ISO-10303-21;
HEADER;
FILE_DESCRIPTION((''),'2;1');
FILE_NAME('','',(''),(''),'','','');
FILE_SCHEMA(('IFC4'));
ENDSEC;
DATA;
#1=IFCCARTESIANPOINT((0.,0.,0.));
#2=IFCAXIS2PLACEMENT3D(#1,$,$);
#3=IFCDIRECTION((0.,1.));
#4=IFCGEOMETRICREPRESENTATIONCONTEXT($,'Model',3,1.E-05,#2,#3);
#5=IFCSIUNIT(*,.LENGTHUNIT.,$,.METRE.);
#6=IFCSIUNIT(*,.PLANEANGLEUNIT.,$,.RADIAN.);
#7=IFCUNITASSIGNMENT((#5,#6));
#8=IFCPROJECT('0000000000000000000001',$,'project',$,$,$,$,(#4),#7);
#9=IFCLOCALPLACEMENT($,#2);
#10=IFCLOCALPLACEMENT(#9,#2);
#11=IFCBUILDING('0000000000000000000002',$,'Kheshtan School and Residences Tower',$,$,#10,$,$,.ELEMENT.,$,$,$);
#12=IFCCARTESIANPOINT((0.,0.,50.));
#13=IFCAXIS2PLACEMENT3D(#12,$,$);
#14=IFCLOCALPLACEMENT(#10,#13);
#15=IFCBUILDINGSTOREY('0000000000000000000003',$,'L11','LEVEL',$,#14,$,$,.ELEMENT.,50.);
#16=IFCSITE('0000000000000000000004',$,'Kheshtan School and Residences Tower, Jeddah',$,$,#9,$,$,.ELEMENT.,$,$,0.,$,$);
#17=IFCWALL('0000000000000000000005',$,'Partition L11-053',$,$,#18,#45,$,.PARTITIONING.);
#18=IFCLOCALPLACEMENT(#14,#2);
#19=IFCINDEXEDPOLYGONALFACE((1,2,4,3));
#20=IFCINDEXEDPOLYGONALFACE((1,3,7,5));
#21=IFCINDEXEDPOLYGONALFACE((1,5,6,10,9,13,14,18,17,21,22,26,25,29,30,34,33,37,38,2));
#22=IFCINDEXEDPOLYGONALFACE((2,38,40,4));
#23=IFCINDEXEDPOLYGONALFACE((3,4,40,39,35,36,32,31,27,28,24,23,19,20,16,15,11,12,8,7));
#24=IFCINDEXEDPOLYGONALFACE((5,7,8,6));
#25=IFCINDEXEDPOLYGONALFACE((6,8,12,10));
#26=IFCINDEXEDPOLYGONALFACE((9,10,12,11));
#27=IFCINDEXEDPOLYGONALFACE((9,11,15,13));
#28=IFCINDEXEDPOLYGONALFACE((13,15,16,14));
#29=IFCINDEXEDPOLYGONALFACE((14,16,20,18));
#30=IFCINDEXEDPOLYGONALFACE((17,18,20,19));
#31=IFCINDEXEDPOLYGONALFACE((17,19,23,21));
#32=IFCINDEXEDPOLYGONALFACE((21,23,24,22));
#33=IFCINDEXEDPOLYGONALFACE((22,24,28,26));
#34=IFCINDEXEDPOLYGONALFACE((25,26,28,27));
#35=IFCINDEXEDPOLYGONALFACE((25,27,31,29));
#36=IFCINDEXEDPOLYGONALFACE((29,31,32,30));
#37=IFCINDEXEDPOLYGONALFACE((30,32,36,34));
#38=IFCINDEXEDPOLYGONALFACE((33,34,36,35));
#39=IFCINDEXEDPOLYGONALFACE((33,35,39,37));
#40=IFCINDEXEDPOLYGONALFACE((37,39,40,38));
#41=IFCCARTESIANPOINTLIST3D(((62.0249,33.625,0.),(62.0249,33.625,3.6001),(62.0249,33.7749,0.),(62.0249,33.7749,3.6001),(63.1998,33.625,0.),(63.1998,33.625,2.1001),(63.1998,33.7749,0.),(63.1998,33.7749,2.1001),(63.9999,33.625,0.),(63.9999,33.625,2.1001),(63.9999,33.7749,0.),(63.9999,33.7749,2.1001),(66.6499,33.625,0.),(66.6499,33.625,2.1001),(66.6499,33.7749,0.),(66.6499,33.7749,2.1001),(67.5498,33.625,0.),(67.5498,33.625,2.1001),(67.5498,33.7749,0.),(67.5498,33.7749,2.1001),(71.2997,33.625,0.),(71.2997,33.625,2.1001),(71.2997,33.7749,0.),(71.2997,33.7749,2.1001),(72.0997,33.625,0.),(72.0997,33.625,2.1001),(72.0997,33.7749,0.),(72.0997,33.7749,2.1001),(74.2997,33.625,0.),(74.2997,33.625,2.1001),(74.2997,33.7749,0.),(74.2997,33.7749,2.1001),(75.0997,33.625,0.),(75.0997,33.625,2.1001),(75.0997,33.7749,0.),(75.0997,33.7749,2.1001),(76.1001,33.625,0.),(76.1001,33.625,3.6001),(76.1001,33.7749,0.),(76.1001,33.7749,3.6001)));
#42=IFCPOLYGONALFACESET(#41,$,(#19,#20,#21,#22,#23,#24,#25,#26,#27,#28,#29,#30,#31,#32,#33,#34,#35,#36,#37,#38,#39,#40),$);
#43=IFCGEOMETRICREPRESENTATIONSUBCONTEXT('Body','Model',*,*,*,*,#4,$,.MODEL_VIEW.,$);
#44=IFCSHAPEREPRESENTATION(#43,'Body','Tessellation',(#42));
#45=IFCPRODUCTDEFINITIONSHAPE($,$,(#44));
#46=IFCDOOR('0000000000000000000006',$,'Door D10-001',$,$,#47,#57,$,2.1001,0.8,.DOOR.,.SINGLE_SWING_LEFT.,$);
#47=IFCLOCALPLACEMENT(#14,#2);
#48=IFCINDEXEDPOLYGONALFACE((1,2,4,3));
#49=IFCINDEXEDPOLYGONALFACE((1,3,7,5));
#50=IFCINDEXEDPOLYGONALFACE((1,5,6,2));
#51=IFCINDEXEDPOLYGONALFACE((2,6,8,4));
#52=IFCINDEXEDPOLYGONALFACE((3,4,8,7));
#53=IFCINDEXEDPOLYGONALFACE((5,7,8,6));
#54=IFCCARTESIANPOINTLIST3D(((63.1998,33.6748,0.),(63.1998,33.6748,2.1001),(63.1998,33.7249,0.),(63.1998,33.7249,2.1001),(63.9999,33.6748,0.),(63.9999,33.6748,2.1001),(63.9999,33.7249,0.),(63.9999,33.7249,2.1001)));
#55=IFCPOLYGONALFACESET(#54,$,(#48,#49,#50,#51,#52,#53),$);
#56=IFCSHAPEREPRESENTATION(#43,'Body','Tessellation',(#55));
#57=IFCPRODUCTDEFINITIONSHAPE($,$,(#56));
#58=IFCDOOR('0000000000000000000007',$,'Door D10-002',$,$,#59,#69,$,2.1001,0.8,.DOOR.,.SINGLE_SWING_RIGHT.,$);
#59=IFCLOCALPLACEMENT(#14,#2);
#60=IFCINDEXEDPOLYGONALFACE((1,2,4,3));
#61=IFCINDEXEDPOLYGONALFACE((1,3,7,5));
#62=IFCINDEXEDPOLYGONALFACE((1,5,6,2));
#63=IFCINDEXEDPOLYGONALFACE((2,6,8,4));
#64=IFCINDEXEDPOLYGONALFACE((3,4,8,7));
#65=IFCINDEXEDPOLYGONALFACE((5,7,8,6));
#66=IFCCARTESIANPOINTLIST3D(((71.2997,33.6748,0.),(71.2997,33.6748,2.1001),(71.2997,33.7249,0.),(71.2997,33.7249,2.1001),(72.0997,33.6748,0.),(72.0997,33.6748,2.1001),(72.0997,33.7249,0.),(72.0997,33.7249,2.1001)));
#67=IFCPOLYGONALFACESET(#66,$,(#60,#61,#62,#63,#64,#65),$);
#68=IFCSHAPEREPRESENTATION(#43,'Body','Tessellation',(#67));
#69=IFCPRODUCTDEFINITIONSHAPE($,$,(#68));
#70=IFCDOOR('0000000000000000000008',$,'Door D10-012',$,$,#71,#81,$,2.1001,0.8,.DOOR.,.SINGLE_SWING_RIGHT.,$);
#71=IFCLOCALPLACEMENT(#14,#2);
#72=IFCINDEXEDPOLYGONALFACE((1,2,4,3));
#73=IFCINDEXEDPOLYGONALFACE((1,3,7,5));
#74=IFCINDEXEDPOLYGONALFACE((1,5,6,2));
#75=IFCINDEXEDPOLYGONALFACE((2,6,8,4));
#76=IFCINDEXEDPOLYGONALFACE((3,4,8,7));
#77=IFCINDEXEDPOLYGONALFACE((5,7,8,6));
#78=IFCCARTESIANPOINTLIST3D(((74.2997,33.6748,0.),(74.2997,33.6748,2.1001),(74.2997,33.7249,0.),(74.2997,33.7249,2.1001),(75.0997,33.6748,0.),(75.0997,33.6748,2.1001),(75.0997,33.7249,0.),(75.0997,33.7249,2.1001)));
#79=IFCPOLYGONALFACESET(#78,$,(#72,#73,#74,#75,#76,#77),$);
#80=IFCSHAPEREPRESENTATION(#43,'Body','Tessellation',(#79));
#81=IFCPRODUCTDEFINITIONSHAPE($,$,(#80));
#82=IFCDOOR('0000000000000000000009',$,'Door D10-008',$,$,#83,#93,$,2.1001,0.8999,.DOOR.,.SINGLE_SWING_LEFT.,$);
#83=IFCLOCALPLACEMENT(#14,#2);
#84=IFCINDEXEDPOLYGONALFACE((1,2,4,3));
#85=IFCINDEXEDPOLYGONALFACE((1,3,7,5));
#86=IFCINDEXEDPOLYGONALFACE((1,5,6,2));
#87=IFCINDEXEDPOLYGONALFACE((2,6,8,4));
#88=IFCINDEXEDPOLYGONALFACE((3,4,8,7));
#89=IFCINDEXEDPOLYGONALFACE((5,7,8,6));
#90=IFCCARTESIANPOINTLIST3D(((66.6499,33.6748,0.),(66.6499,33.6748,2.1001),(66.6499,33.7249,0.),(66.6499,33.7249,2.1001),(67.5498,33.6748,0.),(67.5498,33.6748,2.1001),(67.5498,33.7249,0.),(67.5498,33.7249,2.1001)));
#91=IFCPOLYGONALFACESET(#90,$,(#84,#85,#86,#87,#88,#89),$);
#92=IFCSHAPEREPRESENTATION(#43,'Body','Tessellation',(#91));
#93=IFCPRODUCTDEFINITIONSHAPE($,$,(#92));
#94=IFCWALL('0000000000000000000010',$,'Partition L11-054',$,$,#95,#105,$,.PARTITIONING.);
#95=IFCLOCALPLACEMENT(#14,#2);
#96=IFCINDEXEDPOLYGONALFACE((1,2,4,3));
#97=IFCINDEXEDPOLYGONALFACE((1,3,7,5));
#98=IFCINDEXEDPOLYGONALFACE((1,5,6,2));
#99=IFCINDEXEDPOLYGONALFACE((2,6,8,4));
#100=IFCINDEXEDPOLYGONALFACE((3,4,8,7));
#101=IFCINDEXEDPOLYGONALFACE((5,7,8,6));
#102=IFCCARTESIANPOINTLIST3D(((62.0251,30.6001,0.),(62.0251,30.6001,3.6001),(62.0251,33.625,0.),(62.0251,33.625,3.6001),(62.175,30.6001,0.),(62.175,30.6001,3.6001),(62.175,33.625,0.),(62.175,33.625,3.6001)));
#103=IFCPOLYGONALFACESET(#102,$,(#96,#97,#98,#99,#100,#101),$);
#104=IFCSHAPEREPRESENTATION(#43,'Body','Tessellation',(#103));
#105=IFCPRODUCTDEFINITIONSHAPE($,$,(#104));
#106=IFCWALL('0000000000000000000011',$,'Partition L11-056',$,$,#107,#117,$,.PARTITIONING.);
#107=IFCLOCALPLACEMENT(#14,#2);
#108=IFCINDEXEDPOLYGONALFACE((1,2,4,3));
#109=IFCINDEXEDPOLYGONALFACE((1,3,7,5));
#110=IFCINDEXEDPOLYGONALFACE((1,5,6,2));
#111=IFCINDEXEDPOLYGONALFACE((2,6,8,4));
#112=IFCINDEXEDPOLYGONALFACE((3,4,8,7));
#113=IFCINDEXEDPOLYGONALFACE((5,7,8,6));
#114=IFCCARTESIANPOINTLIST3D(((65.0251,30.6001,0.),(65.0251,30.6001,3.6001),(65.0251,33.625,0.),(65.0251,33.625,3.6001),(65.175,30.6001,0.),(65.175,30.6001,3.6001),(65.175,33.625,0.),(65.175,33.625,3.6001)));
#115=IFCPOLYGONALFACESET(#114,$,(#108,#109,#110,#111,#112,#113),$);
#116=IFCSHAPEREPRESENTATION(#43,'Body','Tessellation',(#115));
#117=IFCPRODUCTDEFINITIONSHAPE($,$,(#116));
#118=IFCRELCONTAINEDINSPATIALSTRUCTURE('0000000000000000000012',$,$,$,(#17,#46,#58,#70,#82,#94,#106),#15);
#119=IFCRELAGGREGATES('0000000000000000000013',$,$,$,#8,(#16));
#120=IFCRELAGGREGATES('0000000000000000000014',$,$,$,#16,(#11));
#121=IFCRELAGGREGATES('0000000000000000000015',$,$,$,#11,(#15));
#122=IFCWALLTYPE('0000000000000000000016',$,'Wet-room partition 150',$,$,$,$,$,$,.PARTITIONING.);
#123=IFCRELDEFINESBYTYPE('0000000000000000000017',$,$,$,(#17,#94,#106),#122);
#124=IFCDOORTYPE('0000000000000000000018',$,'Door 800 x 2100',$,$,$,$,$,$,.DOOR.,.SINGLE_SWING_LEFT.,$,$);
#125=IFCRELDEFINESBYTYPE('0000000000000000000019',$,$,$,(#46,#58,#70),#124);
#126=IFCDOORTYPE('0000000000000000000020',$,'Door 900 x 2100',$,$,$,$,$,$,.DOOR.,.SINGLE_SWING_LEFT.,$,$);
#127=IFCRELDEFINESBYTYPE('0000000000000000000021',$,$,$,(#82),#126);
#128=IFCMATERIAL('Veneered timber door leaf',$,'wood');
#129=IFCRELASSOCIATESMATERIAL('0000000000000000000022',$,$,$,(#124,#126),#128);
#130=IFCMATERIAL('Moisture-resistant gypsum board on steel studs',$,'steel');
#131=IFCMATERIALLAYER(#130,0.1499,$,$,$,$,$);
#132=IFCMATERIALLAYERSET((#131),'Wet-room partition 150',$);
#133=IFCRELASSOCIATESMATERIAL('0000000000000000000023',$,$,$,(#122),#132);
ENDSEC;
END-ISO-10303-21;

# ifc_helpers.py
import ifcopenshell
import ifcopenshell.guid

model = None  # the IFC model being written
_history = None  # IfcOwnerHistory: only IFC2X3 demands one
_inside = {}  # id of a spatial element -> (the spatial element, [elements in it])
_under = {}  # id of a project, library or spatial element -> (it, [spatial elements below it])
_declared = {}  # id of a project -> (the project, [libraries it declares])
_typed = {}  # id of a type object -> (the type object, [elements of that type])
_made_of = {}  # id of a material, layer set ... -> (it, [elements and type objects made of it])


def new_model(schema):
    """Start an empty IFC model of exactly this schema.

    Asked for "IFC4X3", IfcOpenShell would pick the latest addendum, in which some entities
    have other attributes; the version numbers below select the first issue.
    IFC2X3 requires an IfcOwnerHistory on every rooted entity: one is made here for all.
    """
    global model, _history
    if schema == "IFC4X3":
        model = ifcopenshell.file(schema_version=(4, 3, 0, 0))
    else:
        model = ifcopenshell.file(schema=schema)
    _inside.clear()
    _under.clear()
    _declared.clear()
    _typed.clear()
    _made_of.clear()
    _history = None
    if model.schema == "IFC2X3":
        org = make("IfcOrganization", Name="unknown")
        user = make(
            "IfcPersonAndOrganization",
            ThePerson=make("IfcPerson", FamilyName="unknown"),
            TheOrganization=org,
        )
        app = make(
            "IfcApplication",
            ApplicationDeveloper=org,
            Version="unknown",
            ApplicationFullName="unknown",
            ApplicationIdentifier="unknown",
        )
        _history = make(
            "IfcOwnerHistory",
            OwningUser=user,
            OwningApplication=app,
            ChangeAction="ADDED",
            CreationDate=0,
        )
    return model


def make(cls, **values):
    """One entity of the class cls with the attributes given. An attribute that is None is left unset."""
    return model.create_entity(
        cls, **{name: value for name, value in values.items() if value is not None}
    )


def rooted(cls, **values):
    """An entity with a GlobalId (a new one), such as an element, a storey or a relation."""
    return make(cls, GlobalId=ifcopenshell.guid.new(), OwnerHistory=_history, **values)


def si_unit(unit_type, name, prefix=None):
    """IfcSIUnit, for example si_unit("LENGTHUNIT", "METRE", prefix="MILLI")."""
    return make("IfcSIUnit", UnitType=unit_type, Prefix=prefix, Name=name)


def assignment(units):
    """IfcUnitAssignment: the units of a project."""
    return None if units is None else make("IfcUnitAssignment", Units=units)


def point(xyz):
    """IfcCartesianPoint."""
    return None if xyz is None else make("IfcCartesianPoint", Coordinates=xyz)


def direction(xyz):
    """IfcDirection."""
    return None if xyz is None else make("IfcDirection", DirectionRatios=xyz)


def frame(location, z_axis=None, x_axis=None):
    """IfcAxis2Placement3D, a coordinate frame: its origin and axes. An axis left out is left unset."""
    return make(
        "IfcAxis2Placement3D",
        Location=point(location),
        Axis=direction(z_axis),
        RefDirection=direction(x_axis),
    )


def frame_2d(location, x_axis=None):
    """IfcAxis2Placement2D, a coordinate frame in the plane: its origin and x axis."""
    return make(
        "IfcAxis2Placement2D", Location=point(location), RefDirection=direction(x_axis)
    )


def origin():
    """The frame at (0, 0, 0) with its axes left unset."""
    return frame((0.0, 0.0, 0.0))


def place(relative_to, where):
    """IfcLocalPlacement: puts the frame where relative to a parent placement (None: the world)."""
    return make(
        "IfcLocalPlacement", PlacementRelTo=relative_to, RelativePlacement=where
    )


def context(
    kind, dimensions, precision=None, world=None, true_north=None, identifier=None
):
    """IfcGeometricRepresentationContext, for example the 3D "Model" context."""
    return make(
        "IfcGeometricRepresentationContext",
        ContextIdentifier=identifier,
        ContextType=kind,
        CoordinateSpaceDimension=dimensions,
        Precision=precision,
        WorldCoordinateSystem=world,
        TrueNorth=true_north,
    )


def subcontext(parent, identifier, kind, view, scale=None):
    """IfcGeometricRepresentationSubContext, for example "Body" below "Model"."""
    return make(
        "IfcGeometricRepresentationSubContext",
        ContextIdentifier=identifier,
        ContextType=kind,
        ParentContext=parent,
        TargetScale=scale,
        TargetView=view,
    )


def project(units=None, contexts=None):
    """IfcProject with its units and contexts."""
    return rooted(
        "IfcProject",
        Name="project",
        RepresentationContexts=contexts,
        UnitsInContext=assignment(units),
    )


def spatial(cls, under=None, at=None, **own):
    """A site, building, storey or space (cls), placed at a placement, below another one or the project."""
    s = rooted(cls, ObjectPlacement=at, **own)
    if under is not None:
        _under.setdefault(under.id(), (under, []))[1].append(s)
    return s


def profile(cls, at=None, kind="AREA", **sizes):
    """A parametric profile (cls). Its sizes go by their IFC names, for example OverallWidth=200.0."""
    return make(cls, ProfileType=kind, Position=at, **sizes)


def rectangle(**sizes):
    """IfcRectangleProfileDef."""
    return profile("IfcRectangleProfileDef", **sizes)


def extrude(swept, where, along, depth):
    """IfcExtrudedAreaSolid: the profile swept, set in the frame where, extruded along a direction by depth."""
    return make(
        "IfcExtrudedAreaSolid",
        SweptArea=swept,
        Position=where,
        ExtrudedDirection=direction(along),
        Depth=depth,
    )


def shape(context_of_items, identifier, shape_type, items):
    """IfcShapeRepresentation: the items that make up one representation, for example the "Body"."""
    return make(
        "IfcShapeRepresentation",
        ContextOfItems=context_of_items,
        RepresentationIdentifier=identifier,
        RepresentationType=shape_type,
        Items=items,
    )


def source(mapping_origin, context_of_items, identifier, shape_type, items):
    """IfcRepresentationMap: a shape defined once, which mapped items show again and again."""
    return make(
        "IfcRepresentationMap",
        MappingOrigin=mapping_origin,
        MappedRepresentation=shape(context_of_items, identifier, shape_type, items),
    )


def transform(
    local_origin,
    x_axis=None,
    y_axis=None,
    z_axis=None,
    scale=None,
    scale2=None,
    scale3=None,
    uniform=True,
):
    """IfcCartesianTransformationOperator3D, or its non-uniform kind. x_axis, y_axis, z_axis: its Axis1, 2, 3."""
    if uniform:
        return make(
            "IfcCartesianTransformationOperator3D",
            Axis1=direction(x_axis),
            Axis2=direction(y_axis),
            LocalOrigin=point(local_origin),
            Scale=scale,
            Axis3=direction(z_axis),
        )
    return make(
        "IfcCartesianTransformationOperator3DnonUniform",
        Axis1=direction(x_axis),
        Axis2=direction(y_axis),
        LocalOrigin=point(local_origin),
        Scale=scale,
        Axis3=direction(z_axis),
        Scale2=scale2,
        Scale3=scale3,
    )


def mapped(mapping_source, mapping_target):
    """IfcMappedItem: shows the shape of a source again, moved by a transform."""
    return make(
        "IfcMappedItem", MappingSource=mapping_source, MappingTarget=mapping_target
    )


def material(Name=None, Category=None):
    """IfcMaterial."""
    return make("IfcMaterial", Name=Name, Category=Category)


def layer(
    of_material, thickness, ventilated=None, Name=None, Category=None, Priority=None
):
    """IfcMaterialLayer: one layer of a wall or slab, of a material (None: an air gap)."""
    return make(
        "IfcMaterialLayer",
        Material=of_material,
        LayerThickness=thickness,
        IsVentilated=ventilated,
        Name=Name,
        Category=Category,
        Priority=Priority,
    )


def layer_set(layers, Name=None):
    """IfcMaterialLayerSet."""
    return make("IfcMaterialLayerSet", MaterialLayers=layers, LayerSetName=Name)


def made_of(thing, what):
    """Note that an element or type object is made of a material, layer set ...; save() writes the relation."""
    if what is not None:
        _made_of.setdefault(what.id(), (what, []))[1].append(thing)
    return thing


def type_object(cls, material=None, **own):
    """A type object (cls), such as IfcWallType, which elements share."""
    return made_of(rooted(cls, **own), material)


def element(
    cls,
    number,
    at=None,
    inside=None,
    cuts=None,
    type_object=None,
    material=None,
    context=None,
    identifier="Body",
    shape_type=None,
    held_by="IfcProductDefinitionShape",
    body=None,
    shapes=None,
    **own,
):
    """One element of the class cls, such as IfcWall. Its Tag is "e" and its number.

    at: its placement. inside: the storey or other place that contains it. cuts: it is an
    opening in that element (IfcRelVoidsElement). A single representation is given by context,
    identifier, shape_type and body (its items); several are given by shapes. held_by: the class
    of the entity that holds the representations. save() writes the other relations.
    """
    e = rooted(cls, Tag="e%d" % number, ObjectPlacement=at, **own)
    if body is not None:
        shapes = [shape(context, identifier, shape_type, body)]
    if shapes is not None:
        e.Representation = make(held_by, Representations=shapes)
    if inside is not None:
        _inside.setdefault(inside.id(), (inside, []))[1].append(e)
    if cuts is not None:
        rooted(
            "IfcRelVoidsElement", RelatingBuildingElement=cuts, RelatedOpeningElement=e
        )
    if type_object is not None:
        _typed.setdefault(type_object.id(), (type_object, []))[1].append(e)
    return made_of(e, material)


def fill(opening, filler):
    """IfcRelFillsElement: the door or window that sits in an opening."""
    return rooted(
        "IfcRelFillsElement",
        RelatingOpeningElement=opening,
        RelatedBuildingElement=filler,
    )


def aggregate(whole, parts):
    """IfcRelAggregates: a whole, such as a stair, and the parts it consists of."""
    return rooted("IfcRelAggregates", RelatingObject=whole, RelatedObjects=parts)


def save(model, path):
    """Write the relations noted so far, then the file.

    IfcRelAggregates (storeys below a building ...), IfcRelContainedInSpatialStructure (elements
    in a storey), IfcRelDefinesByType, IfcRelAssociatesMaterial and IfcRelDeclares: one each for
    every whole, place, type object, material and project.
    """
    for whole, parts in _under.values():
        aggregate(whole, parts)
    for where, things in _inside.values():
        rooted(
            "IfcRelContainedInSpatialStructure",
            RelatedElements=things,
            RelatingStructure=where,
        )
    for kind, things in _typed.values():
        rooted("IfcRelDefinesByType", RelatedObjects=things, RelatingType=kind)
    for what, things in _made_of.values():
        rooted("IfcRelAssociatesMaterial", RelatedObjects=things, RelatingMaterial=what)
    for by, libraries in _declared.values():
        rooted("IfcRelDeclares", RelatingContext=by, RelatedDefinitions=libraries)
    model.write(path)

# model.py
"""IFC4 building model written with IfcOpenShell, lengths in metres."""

from ifc_helpers import new_model, si_unit, direction, frame, frame_2d, origin, place, context, subcontext, project, spatial, rectangle, extrude, source, transform, mapped, material, layer, layer_set, type_object, element, fill, save


model = new_model("IFC4")

# Units and contexts
model_context = context("Model", 3, precision=1e-05, world=origin(), true_north=direction((0.0, 1.0)))
body_context = subcontext(model_context, "Body", "Model", "MODEL_VIEW")
ifc_project = project(units=[si_unit("LENGTHUNIT", "METRE"), si_unit("PLANEANGLEUNIT", "RADIAN")], contexts=[model_context])

# Site, building, storey
site_placement = place(None, origin())
site = spatial("IfcSite", under=ifc_project, at=site_placement, Name="Kheshtan School and Residences Tower, Jeddah", CompositionType="ELEMENT", RefElevation=0.0)
building_placement = place(site_placement, origin())
building = spatial("IfcBuilding", under=site, at=building_placement, Name="Kheshtan School and Residences Tower", CompositionType="ELEMENT")
storey_placement = place(building_placement, frame((0.0, 0.0, 50.0)))
storey = spatial("IfcBuildingStorey", under=building, at=storey_placement, Name="L11", Description="LEVEL", CompositionType="ELEMENT", Elevation=50.0)

# Shared definitions
ifc_material_1 = material(Name="Veneered timber door leaf", Category="wood")
door_type_1 = type_object("IfcDoorType", Name="Door 800 x 2100", OperationType="SINGLE_SWING_LEFT", PredefinedType="DOOR", material=ifc_material_1)
shared_shape_1 = source(origin(), body_context, "Body", "SweptSolid", [
    extrude(rectangle(XDim=0.8, YDim=2.1001, at=frame_2d((0.3999, 1.05))), frame((0.0, 0.0249, 0.0), z_axis=(0.0, -1.0, 0.0), x_axis=(1.0, 0.0, 0.0)), (0.0, 0.0, 1.0), 0.05),
])

# Wall, openings, doors
ifc_material_2 = material(Name="Moisture-resistant gypsum board on steel studs", Category="steel")
ifc_layer_1 = layer(ifc_material_2, 0.1499)
ifc_layer_set_1 = layer_set([ifc_layer_1], Name="Wet-room partition 150")
wall_type_1 = type_object("IfcWallType", Name="Wet-room partition 150", PredefinedType="PARTITIONING", material=ifc_layer_set_1)
wall_1_placement = place(storey_placement, frame((62.0249, 33.7, 0.0), z_axis=(0.0, 0.0, 1.0), x_axis=(1.0, 0.0, 0.0)))
wall_1 = element("IfcWall", 1, at=wall_1_placement, inside=storey, type_object=wall_type_1, Name="Partition L11-053", PredefinedType="PARTITIONING", context=body_context, shape_type="SweptSolid", body=[
    extrude(rectangle(XDim=14.0752, YDim=0.1499, at=frame_2d((7.0376, 0.0))), origin(), (0.0, 0.0, 1.0), 3.6001),
])
opening_1_placement = place(wall_1_placement, frame((1.175, 0.0, 0.0)))
opening_1 = element("IfcOpeningElement", 2, at=opening_1_placement, cuts=wall_1, PredefinedType="OPENING", context=body_context, shape_type="SweptSolid", body=[
    extrude(rectangle(XDim=0.8, YDim=2.1001, at=frame_2d((0.3999, 1.05))), frame((0.0, 0.085, 0.0), z_axis=(0.0, -1.0, 0.0), x_axis=(1.0, 0.0, 0.0)), (0.0, 0.0, 1.0), 0.1699),
])
opening_2_placement = place(wall_1_placement, frame((9.2749, 0.0, 0.0)))
opening_2 = element("IfcOpeningElement", 3, at=opening_2_placement, cuts=wall_1, PredefinedType="OPENING", context=body_context, shape_type="SweptSolid", body=[
    extrude(rectangle(XDim=0.8, YDim=2.1001, at=frame_2d((0.3999, 1.05))), frame((0.0, 0.085, 0.0), z_axis=(0.0, -1.0, 0.0), x_axis=(1.0, 0.0, 0.0)), (0.0, 0.0, 1.0), 0.1699),
])
opening_3_placement = place(wall_1_placement, frame((4.625, 0.0, 0.0)))
opening_3 = element("IfcOpeningElement", 4, at=opening_3_placement, cuts=wall_1, PredefinedType="OPENING", context=body_context, shape_type="SweptSolid", body=[
    extrude(rectangle(XDim=0.8999, YDim=2.1001, at=frame_2d((0.45, 1.05))), frame((0.0, 0.085, 0.0), z_axis=(0.0, -1.0, 0.0), x_axis=(1.0, 0.0, 0.0)), (0.0, 0.0, 1.0), 0.1699),
])
opening_4_placement = place(wall_1_placement, frame((12.2749, 0.0, 0.0)))
opening_4 = element("IfcOpeningElement", 5, at=opening_4_placement, cuts=wall_1, PredefinedType="OPENING", context=body_context, shape_type="SweptSolid", body=[
    extrude(rectangle(XDim=0.8, YDim=2.1001, at=frame_2d((0.3999, 1.05))), frame((0.0, 0.085, 0.0), z_axis=(0.0, -1.0, 0.0), x_axis=(1.0, 0.0, 0.0)), (0.0, 0.0, 1.0), 0.1699),
])
door_1_placement = place(opening_1_placement, origin())
door_1 = element("IfcDoor", 6, at=door_1_placement, inside=storey, type_object=door_type_1, Name="Door D10-001", OperationType="SINGLE_SWING_LEFT", OverallHeight=2.1001, OverallWidth=0.8, PredefinedType="DOOR", context=body_context, shape_type="MappedRepresentation", body=[
    mapped(shared_shape_1, transform((0.0, 0.0, 0.0), x_axis=(1.0, 0.0, 0.0), y_axis=(0.0, 1.0, 0.0), z_axis=(0.0, 0.0, 1.0), scale=1.0)),
])
fill(opening_1, door_1)
door_2_placement = place(opening_2_placement, origin())
door_2 = element("IfcDoor", 7, at=door_2_placement, inside=storey, type_object=door_type_1, Name="Door D10-002", OperationType="SINGLE_SWING_RIGHT", OverallHeight=2.1001, OverallWidth=0.8, PredefinedType="DOOR", context=body_context, shape_type="MappedRepresentation", body=[
    mapped(shared_shape_1, transform((0.0, 0.0, 0.0), x_axis=(1.0, 0.0, 0.0), y_axis=(0.0, 1.0, 0.0), z_axis=(0.0, 0.0, 1.0), scale=1.0)),
])
fill(opening_2, door_2)
door_3_placement = place(opening_4_placement, origin())
door_3 = element("IfcDoor", 8, at=door_3_placement, inside=storey, type_object=door_type_1, Name="Door D10-012", OperationType="SINGLE_SWING_RIGHT", OverallHeight=2.1001, OverallWidth=0.8, PredefinedType="DOOR", context=body_context, shape_type="MappedRepresentation", body=[
    mapped(shared_shape_1, transform((0.0, 0.0, 0.0), x_axis=(1.0, 0.0, 0.0), y_axis=(0.0, 1.0, 0.0), z_axis=(0.0, 0.0, 1.0), scale=1.0)),
])
fill(opening_4, door_3)
door_type_2 = type_object("IfcDoorType", Name="Door 900 x 2100", OperationType="SINGLE_SWING_LEFT", PredefinedType="DOOR", material=ifc_material_1)
shared_shape_2 = source(origin(), body_context, "Body", "SweptSolid", [
    extrude(rectangle(XDim=0.8999, YDim=2.1001, at=frame_2d((0.45, 1.05))), frame((0.0, 0.0249, 0.0), z_axis=(0.0, -1.0, 0.0), x_axis=(1.0, 0.0, 0.0)), (0.0, 0.0, 1.0), 0.05),
])
door_4_placement = place(opening_3_placement, origin())
door_4 = element("IfcDoor", 9, at=door_4_placement, inside=storey, type_object=door_type_2, Name="Door D10-008", OperationType="SINGLE_SWING_LEFT", OverallHeight=2.1001, OverallWidth=0.8999, PredefinedType="DOOR", context=body_context, shape_type="MappedRepresentation", body=[
    mapped(shared_shape_2, transform((0.0, 0.0, 0.0), x_axis=(1.0, 0.0, 0.0), y_axis=(0.0, 1.0, 0.0), z_axis=(0.0, 0.0, 1.0), scale=1.0)),
])
fill(opening_3, door_4)

# Walls
for number, where, z_axis, x_axis, name in (
    (10, (62.1001, 30.6001, 0.0), (0.0, 0.0, 1.0), (0.0, 1.0, 0.0), "Partition L11-054"),
    (11, (65.1001, 30.6001, 0.0), (0.0, 0.0, 1.0), (0.0, 1.0, 0.0), "Partition L11-056"),
):
    element("IfcWall", number, at=place(storey_placement, frame(where, z_axis=z_axis, x_axis=x_axis)), inside=storey, type_object=wall_type_1, Name=name, PredefinedType="PARTITIONING", context=body_context, shape_type="SweptSolid", body=[
        extrude(rectangle(XDim=3.0249, YDim=0.1499, at=frame_2d((1.5125, 0.0))), origin(), (0.0, 0.0, 1.0), 3.6001),
    ])

save(model, "model.ifc")
